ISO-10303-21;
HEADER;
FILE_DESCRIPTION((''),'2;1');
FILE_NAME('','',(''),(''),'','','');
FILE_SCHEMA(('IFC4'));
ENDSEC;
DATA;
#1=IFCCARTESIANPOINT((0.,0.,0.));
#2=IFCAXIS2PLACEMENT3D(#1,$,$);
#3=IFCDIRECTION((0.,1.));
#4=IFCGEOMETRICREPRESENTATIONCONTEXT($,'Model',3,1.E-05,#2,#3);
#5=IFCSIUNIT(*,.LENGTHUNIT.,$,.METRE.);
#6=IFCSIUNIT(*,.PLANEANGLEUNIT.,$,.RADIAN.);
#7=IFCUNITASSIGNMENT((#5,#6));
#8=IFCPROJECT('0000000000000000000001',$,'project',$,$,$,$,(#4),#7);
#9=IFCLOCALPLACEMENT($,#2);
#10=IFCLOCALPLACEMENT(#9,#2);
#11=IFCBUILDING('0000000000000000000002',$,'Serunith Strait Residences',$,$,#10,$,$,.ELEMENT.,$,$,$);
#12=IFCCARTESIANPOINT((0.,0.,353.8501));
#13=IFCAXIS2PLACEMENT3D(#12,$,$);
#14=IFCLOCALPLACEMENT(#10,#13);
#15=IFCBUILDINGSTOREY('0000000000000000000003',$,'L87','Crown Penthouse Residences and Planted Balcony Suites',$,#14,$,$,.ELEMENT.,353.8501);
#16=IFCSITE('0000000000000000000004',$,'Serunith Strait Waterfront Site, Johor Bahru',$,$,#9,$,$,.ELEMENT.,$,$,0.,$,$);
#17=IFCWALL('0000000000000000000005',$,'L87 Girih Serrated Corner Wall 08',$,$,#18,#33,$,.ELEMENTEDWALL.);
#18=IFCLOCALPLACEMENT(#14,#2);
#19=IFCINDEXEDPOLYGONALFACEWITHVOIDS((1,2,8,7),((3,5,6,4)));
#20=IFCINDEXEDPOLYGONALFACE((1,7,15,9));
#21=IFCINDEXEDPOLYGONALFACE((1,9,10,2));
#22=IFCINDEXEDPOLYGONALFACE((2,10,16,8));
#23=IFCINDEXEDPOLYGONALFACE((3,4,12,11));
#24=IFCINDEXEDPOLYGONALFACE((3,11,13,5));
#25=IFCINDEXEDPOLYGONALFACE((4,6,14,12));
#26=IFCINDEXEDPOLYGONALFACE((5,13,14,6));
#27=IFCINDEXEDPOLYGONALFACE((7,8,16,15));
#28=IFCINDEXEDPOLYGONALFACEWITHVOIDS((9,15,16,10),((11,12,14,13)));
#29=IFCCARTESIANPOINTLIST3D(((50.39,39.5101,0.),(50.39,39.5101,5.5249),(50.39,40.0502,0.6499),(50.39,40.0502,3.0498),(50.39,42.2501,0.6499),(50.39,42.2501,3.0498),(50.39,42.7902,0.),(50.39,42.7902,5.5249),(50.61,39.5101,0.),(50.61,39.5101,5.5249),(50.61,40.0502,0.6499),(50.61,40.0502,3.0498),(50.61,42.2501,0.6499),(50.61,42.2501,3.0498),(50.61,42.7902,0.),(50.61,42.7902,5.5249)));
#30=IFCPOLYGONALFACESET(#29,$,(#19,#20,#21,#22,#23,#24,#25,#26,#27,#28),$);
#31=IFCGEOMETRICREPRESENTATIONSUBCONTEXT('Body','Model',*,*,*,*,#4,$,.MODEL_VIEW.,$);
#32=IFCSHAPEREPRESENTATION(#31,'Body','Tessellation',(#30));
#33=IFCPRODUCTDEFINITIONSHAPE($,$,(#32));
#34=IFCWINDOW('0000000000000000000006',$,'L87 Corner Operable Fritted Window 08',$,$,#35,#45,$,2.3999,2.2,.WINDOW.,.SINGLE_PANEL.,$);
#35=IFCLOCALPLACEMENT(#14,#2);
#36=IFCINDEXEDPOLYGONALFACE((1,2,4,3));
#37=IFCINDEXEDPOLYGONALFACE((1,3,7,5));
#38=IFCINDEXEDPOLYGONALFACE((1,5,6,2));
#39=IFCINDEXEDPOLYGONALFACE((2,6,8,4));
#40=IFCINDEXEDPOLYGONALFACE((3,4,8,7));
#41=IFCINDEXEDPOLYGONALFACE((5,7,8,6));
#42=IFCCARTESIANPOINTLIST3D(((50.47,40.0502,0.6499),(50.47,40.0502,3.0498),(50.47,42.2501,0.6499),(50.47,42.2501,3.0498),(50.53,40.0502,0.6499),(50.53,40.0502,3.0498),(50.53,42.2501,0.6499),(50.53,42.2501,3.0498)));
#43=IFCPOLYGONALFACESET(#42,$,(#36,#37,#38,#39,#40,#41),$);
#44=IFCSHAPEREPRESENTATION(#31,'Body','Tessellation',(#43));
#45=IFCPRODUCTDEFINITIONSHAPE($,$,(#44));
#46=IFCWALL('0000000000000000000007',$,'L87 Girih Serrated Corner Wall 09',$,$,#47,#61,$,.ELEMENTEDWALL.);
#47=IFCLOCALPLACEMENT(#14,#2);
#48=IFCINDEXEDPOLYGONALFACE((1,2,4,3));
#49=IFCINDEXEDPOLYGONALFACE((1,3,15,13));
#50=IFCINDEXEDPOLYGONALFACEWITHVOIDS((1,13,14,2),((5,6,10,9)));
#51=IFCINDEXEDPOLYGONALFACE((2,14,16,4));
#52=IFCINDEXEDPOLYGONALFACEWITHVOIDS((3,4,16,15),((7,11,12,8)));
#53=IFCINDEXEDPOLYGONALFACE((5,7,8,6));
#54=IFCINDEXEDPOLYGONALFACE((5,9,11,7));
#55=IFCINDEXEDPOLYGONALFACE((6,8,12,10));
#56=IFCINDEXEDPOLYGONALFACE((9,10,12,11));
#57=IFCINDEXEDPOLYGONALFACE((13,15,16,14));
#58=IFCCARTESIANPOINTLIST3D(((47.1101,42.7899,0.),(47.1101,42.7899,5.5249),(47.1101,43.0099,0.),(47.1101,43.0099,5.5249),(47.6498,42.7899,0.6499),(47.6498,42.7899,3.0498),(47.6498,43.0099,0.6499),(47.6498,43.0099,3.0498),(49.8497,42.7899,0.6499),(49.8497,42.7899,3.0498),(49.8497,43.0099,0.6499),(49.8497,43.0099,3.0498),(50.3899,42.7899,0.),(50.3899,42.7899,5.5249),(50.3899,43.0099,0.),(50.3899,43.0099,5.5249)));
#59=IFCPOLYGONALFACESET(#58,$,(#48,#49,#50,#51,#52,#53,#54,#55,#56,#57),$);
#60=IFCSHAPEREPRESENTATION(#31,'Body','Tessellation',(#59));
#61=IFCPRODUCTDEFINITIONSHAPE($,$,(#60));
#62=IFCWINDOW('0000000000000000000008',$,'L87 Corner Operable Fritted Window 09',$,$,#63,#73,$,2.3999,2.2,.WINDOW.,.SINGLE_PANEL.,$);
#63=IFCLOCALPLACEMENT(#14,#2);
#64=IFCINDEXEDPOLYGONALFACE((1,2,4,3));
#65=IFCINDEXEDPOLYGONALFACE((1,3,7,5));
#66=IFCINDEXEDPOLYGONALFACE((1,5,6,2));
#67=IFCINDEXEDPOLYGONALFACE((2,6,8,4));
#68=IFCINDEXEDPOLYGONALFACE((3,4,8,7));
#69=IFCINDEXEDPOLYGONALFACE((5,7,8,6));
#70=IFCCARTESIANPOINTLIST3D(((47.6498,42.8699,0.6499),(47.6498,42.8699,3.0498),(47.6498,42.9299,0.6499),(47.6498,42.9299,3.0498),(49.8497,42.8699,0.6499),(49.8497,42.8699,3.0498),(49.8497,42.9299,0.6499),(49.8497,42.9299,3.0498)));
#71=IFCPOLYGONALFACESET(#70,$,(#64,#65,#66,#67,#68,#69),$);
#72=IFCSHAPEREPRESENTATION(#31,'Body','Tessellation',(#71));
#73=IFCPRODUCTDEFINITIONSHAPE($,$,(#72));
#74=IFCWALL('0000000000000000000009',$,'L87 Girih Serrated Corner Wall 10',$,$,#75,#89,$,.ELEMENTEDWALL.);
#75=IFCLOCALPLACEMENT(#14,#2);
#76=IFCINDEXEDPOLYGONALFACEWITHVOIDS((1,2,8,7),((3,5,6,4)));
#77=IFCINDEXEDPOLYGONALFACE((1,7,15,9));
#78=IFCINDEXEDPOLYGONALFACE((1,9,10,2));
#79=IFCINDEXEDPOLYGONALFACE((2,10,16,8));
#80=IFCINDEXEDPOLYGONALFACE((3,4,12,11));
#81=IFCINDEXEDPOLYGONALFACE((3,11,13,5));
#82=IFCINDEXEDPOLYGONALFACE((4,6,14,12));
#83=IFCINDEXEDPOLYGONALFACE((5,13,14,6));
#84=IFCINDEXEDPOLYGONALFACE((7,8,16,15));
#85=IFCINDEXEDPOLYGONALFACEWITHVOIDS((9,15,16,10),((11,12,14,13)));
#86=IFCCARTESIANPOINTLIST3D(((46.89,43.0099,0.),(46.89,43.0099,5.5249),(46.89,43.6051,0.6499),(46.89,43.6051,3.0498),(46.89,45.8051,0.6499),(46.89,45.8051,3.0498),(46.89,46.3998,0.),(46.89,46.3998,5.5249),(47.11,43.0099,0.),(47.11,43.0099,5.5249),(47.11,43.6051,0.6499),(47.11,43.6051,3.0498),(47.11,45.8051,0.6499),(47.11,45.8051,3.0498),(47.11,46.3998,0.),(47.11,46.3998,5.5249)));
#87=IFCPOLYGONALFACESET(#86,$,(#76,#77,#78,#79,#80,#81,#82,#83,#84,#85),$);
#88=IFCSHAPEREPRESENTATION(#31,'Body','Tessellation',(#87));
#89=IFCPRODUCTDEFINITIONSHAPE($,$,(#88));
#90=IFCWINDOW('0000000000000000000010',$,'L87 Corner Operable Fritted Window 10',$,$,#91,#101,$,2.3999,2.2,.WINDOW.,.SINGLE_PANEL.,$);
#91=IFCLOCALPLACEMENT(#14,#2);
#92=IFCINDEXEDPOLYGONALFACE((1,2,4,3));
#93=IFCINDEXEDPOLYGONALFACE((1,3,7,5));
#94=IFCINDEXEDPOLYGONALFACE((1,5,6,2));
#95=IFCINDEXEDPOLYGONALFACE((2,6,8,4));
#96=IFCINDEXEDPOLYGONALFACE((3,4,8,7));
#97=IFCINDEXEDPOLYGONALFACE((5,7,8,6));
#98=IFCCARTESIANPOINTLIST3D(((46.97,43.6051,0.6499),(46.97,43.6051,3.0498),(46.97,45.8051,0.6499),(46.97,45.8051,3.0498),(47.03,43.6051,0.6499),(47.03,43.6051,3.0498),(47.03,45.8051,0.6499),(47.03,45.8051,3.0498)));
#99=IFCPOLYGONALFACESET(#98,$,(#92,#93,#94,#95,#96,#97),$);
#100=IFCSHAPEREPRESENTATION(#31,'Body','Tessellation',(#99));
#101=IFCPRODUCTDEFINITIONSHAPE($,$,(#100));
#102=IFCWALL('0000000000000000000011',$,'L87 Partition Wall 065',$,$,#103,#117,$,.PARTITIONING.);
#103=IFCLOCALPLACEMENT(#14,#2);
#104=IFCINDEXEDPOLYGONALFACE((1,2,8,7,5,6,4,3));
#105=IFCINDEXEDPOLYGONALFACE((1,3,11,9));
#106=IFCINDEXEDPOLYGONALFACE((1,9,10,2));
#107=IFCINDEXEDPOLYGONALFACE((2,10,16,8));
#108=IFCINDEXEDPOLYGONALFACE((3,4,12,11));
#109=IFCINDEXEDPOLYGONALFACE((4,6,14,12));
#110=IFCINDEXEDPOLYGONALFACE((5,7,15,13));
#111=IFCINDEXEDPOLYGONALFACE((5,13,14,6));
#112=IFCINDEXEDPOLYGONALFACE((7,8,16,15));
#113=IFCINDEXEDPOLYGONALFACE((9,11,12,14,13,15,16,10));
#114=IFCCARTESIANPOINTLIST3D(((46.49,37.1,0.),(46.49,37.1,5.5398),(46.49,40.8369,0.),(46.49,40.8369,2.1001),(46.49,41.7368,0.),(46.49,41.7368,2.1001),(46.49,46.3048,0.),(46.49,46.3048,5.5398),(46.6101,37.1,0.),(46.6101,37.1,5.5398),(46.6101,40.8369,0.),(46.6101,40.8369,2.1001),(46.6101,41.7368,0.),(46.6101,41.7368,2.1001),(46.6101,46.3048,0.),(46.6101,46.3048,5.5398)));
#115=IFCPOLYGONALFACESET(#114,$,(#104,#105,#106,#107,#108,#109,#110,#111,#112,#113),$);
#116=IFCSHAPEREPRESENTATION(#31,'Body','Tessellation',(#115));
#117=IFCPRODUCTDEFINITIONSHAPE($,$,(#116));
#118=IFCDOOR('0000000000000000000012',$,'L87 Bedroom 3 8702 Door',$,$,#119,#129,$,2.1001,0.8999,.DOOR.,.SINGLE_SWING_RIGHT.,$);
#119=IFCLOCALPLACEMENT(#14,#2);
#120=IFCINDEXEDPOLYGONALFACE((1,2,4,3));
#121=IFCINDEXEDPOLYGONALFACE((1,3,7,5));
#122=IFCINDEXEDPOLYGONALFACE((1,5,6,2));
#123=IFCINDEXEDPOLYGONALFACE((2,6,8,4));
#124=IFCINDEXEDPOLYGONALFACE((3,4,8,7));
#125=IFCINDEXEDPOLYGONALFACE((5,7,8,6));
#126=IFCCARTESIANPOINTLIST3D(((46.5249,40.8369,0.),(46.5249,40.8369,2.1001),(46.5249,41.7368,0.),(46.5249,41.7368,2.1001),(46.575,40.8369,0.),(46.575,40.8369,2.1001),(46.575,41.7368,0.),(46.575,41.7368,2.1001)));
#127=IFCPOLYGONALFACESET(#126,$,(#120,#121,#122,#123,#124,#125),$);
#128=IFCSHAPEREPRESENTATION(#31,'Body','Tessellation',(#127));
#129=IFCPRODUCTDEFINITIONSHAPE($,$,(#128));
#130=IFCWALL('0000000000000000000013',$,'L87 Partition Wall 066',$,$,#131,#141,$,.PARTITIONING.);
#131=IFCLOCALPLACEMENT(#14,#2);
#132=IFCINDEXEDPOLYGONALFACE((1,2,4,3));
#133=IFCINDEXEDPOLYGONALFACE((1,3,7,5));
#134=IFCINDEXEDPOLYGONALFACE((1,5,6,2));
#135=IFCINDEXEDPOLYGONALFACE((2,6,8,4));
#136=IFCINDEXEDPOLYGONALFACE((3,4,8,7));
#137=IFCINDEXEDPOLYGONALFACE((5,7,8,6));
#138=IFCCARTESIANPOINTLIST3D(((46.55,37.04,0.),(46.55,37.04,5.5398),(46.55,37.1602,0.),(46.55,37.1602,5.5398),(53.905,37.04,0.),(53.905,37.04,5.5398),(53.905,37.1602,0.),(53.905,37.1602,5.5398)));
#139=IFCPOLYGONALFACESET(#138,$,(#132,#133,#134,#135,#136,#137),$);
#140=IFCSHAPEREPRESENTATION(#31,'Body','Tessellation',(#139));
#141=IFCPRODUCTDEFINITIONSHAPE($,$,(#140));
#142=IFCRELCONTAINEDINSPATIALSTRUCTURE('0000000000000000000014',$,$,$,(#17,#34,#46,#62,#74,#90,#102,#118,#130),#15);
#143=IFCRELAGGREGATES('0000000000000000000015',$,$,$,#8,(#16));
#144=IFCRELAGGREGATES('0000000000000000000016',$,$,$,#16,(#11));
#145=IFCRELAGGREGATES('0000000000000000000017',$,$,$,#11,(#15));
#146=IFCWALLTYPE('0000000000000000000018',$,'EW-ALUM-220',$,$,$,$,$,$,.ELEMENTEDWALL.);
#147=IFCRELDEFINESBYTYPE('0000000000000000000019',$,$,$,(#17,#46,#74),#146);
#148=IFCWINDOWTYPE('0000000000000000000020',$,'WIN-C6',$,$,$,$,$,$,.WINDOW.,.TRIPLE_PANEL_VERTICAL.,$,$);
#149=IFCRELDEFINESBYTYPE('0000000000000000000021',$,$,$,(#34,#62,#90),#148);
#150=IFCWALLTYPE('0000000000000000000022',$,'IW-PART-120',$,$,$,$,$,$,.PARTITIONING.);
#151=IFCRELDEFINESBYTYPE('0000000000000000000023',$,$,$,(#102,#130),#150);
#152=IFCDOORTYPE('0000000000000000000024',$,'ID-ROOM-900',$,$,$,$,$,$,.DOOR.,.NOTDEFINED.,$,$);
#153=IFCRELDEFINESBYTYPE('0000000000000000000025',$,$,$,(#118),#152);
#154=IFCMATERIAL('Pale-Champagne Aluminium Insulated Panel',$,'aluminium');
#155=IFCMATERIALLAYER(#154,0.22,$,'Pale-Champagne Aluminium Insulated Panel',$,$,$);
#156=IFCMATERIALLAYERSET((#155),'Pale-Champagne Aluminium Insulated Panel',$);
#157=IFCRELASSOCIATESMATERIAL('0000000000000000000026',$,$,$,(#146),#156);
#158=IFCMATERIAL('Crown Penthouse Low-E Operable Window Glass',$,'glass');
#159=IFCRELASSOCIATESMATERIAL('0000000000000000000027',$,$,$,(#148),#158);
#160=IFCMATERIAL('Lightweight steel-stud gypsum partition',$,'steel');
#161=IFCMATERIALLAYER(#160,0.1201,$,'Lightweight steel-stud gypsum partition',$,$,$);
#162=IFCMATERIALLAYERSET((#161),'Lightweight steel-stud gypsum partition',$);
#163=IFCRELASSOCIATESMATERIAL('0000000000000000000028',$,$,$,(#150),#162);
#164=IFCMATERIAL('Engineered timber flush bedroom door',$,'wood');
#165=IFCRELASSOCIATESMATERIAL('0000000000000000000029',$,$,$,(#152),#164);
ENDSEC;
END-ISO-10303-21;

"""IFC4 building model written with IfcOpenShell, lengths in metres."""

from ifc_helpers import new_model, si_unit, direction, frame, frame_2d, origin, place, context, subcontext, project, spatial, rectangle, extrude, source, transform, mapped, material, layer, layer_set, type_object, element, fill, save


model = new_model("IFC4")

# Units and contexts
model_context = context("Model", 3, precision=1e-05, world=origin(), true_north=direction((0.0, 1.0)))
body_context = subcontext(model_context, "Body", "Model", "MODEL_VIEW")
ifc_project = project(units=[si_unit("LENGTHUNIT", "METRE"), si_unit("PLANEANGLEUNIT", "RADIAN")], contexts=[model_context])

# Site, building, storey
site_placement = place(None, origin())
site = spatial("IfcSite", under=ifc_project, at=site_placement, Name="Serunith Strait Waterfront Site, Johor Bahru", CompositionType="ELEMENT", RefElevation=0.0)
building_placement = place(site_placement, origin())
building = spatial("IfcBuilding", under=site, at=building_placement, Name="Serunith Strait Residences", CompositionType="ELEMENT")
storey_placement = place(building_placement, frame((0.0, 0.0, 353.8501)))
storey = spatial("IfcBuildingStorey", under=building, at=storey_placement, Name="L87", Description="Crown Penthouse Residences and Planted Balcony Suites", CompositionType="ELEMENT", Elevation=353.8501)

# Walls, openings, windows
ifc_material_1 = material(Name="Pale-Champagne Aluminium Insulated Panel", Category="aluminium")
ifc_layer_1 = layer(ifc_material_1, 0.22, Name="Pale-Champagne Aluminium Insulated Panel")
ifc_layer_set_1 = layer_set([ifc_layer_1], Name="Pale-Champagne Aluminium Insulated Panel")
wall_type_1 = type_object("IfcWallType", Name="EW-ALUM-220", PredefinedType="ELEMENTEDWALL", material=ifc_layer_set_1)
ifc_material_2 = material(Name="Crown Penthouse Low-E Operable Window Glass", Category="glass")
window_type = type_object("IfcWindowType", Name="WIN-C6", PartitioningType="TRIPLE_PANEL_VERTICAL", PredefinedType="WINDOW", material=ifc_material_2)
shared_shape_1 = source(origin(), body_context, "Body", "SweptSolid", [
    extrude(rectangle(XDim=2.2, YDim=2.3999, at=frame_2d((1.1001, 1.2))), frame((0.0, 0.03, 0.0), z_axis=(0.0, -1.0, 0.0), x_axis=(1.0, 0.0, 0.0)), (0.0, 0.0, 1.0), 0.0601),
])
wall_1_placement = place(storey_placement, frame((50.5, 39.51, 0.0), z_axis=(0.0, 0.0, 1.0), x_axis=(0.0, 1.0, 0.0)))
wall_1 = element("IfcWall", 1, at=wall_1_placement, inside=storey, type_object=wall_type_1, Name="L87 Girih Serrated Corner Wall 08", PredefinedType="ELEMENTEDWALL", context=body_context, shape_type="SweptSolid", body=[
    extrude(rectangle(XDim=3.28, YDim=0.22, at=frame_2d((1.6401, 0.0))), origin(), (0.0, 0.0, 1.0), 5.5249),
])
opening_1_placement = place(wall_1_placement, frame((0.54, 0.0, 0.6499)))
opening_1 = element("IfcOpeningElement", 2, at=opening_1_placement, cuts=wall_1, PredefinedType="OPENING", context=body_context, shape_type="SweptSolid", body=[
    extrude(rectangle(XDim=2.2, YDim=2.3999, at=frame_2d((1.1001, 1.2))), frame((0.0, 0.1201, 0.0), z_axis=(0.0, -1.0, 0.0), x_axis=(1.0, 0.0, 0.0)), (0.0, 0.0, 1.0), 0.24),
])
window_1_placement = place(opening_1_placement, origin())
window_1 = element("IfcWindow", 3, at=window_1_placement, inside=storey, type_object=window_type, Name="L87 Corner Operable Fritted Window 08", OverallHeight=2.3999, OverallWidth=2.2, PartitioningType="SINGLE_PANEL", PredefinedType="WINDOW", context=body_context, shape_type="MappedRepresentation", body=[
    mapped(shared_shape_1, transform((0.0, 0.0, 0.0), scale=1.0)),
])
fill(opening_1, window_1)
wall_2_placement = place(storey_placement, frame((50.3899, 42.8999, 0.0), z_axis=(0.0, 0.0, 1.0), x_axis=(-1.0, 0.0, 0.0)))
wall_2 = element("IfcWall", 4, at=wall_2_placement, inside=storey, type_object=wall_type_1, Name="L87 Girih Serrated Corner Wall 09", PredefinedType="ELEMENTEDWALL", context=body_context, shape_type="SweptSolid", body=[
    extrude(rectangle(XDim=3.2798, YDim=0.22, at=frame_2d((1.6399, 0.0))), origin(), (0.0, 0.0, 1.0), 5.5249),
])
opening_2_placement = place(wall_2_placement, frame((0.54, 0.0, 0.6499)))
opening_2 = element("IfcOpeningElement", 5, at=opening_2_placement, cuts=wall_2, PredefinedType="OPENING", context=body_context, shape_type="SweptSolid", body=[
    extrude(rectangle(XDim=2.2, YDim=2.3999, at=frame_2d((1.1001, 1.2))), frame((0.0, 0.1201, 0.0), z_axis=(0.0, -1.0, 0.0), x_axis=(1.0, 0.0, 0.0)), (0.0, 0.0, 1.0), 0.24),
])
window_2_placement = place(opening_2_placement, origin())
window_2 = element("IfcWindow", 6, at=window_2_placement, inside=storey, type_object=window_type, Name="L87 Corner Operable Fritted Window 09", OverallHeight=2.3999, OverallWidth=2.2, PartitioningType="SINGLE_PANEL", PredefinedType="WINDOW", context=body_context, shape_type="MappedRepresentation", body=[
    mapped(shared_shape_1, transform((0.0, 0.0, 0.0), scale=1.0)),
])
fill(opening_2, window_2)
wall_3_placement = place(storey_placement, frame((47.0, 43.01, 0.0), z_axis=(0.0, 0.0, 1.0), x_axis=(0.0, 1.0, 0.0)))
wall_3 = element("IfcWall", 7, at=wall_3_placement, inside=storey, type_object=wall_type_1, Name="L87 Girih Serrated Corner Wall 10", PredefinedType="ELEMENTEDWALL", context=body_context, shape_type="SweptSolid", body=[
    extrude(rectangle(XDim=3.3899, YDim=0.22, at=frame_2d((1.6948, 0.0))), origin(), (0.0, 0.0, 1.0), 5.5249),
])
opening_3_placement = place(wall_3_placement, frame((0.595, 0.0, 0.6499)))
opening_3 = element("IfcOpeningElement", 8, at=opening_3_placement, cuts=wall_3, PredefinedType="OPENING", context=body_context, shape_type="SweptSolid", body=[
    extrude(rectangle(XDim=2.2, YDim=2.3999, at=frame_2d((1.1001, 1.2))), frame((0.0, 0.1201, 0.0), z_axis=(0.0, -1.0, 0.0), x_axis=(1.0, 0.0, 0.0)), (0.0, 0.0, 1.0), 0.24),
])
window_3_placement = place(opening_3_placement, origin())
window_3 = element("IfcWindow", 9, at=window_3_placement, inside=storey, type_object=window_type, Name="L87 Corner Operable Fritted Window 10", OverallHeight=2.3999, OverallWidth=2.2, PartitioningType="SINGLE_PANEL", PredefinedType="WINDOW", context=body_context, shape_type="MappedRepresentation", body=[
    mapped(shared_shape_1, transform((0.0, 0.0, 0.0), scale=1.0)),
])
fill(opening_3, window_3)

# Wall, opening, door
ifc_material_3 = material(Name="Lightweight steel-stud gypsum partition", Category="steel")
ifc_layer_2 = layer(ifc_material_3, 0.1201, Name="Lightweight steel-stud gypsum partition")
ifc_layer_set_2 = layer_set([ifc_layer_2], Name="Lightweight steel-stud gypsum partition")
wall_type_2 = type_object("IfcWallType", Name="IW-PART-120", PredefinedType="PARTITIONING", material=ifc_layer_set_2)
wall_4_placement = place(storey_placement, frame((46.55, 46.3049, 0.0), z_axis=(0.0, 0.0, 1.0), x_axis=(0.0, -1.0, 0.0)))
wall_4 = element("IfcWall", 10, at=wall_4_placement, inside=storey, type_object=wall_type_2, Name="L87 Partition Wall 065", PredefinedType="PARTITIONING", context=body_context, shape_type="SweptSolid", body=[
    extrude(rectangle(XDim=9.2048, YDim=0.1201, at=frame_2d((4.6025, 0.0))), origin(), (0.0, 0.0, 1.0), 5.5398),
])
opening_4_placement = place(wall_4_placement, frame((4.5681, 0.0, 0.0)))
opening_4 = element("IfcOpeningElement", 11, at=opening_4_placement, cuts=wall_4, PredefinedType="OPENING", context=body_context, shape_type="SweptSolid", body=[
    extrude(rectangle(XDim=0.8999, YDim=2.1001, at=frame_2d((0.45, 1.05))), frame((0.0, 0.0701, 0.0), z_axis=(0.0, -1.0, 0.0), x_axis=(1.0, 0.0, 0.0)), (0.0, 0.0, 1.0), 0.1401),
])
ifc_material_4 = material(Name="Engineered timber flush bedroom door", Category="wood")
door_type_1 = type_object("IfcDoorType", Name="ID-ROOM-900", OperationType="NOTDEFINED", PredefinedType="DOOR", material=ifc_material_4)
shared_shape_2 = source(origin(), body_context, "Body", "SweptSolid", [
    extrude(rectangle(XDim=0.8999, YDim=2.1001, at=frame_2d((0.45, 1.05))), frame((0.0, 0.0249, 0.0), z_axis=(0.0, -1.0, 0.0), x_axis=(1.0, 0.0, 0.0)), (0.0, 0.0, 1.0), 0.05),
])
door_1_placement = place(opening_4_placement, origin())
door_1 = element("IfcDoor", 12, at=door_1_placement, inside=storey, type_object=door_type_1, Name="L87 Bedroom 3 8702 Door", OperationType="SINGLE_SWING_RIGHT", OverallHeight=2.1001, OverallWidth=0.8999, PredefinedType="DOOR", context=body_context, shape_type="MappedRepresentation", body=[
    mapped(shared_shape_2, transform((0.0, 0.0, 0.0), scale=1.0)),
])
fill(opening_4, door_1)

# Wall
wall_5_placement = place(storey_placement, frame((46.55, 37.1001, 0.0), z_axis=(0.0, 0.0, 1.0), x_axis=(1.0, 0.0, 0.0)))
element("IfcWall", 13, at=wall_5_placement, inside=storey, type_object=wall_type_2, Name="L87 Partition Wall 066", PredefinedType="PARTITIONING", context=body_context, shape_type="SweptSolid", body=[
    extrude(rectangle(XDim=7.355, YDim=0.1201, at=frame_2d((3.6775, 0.0))), origin(), (0.0, 0.0, 1.0), 5.5398),
])

save(model, "model.ifc")
